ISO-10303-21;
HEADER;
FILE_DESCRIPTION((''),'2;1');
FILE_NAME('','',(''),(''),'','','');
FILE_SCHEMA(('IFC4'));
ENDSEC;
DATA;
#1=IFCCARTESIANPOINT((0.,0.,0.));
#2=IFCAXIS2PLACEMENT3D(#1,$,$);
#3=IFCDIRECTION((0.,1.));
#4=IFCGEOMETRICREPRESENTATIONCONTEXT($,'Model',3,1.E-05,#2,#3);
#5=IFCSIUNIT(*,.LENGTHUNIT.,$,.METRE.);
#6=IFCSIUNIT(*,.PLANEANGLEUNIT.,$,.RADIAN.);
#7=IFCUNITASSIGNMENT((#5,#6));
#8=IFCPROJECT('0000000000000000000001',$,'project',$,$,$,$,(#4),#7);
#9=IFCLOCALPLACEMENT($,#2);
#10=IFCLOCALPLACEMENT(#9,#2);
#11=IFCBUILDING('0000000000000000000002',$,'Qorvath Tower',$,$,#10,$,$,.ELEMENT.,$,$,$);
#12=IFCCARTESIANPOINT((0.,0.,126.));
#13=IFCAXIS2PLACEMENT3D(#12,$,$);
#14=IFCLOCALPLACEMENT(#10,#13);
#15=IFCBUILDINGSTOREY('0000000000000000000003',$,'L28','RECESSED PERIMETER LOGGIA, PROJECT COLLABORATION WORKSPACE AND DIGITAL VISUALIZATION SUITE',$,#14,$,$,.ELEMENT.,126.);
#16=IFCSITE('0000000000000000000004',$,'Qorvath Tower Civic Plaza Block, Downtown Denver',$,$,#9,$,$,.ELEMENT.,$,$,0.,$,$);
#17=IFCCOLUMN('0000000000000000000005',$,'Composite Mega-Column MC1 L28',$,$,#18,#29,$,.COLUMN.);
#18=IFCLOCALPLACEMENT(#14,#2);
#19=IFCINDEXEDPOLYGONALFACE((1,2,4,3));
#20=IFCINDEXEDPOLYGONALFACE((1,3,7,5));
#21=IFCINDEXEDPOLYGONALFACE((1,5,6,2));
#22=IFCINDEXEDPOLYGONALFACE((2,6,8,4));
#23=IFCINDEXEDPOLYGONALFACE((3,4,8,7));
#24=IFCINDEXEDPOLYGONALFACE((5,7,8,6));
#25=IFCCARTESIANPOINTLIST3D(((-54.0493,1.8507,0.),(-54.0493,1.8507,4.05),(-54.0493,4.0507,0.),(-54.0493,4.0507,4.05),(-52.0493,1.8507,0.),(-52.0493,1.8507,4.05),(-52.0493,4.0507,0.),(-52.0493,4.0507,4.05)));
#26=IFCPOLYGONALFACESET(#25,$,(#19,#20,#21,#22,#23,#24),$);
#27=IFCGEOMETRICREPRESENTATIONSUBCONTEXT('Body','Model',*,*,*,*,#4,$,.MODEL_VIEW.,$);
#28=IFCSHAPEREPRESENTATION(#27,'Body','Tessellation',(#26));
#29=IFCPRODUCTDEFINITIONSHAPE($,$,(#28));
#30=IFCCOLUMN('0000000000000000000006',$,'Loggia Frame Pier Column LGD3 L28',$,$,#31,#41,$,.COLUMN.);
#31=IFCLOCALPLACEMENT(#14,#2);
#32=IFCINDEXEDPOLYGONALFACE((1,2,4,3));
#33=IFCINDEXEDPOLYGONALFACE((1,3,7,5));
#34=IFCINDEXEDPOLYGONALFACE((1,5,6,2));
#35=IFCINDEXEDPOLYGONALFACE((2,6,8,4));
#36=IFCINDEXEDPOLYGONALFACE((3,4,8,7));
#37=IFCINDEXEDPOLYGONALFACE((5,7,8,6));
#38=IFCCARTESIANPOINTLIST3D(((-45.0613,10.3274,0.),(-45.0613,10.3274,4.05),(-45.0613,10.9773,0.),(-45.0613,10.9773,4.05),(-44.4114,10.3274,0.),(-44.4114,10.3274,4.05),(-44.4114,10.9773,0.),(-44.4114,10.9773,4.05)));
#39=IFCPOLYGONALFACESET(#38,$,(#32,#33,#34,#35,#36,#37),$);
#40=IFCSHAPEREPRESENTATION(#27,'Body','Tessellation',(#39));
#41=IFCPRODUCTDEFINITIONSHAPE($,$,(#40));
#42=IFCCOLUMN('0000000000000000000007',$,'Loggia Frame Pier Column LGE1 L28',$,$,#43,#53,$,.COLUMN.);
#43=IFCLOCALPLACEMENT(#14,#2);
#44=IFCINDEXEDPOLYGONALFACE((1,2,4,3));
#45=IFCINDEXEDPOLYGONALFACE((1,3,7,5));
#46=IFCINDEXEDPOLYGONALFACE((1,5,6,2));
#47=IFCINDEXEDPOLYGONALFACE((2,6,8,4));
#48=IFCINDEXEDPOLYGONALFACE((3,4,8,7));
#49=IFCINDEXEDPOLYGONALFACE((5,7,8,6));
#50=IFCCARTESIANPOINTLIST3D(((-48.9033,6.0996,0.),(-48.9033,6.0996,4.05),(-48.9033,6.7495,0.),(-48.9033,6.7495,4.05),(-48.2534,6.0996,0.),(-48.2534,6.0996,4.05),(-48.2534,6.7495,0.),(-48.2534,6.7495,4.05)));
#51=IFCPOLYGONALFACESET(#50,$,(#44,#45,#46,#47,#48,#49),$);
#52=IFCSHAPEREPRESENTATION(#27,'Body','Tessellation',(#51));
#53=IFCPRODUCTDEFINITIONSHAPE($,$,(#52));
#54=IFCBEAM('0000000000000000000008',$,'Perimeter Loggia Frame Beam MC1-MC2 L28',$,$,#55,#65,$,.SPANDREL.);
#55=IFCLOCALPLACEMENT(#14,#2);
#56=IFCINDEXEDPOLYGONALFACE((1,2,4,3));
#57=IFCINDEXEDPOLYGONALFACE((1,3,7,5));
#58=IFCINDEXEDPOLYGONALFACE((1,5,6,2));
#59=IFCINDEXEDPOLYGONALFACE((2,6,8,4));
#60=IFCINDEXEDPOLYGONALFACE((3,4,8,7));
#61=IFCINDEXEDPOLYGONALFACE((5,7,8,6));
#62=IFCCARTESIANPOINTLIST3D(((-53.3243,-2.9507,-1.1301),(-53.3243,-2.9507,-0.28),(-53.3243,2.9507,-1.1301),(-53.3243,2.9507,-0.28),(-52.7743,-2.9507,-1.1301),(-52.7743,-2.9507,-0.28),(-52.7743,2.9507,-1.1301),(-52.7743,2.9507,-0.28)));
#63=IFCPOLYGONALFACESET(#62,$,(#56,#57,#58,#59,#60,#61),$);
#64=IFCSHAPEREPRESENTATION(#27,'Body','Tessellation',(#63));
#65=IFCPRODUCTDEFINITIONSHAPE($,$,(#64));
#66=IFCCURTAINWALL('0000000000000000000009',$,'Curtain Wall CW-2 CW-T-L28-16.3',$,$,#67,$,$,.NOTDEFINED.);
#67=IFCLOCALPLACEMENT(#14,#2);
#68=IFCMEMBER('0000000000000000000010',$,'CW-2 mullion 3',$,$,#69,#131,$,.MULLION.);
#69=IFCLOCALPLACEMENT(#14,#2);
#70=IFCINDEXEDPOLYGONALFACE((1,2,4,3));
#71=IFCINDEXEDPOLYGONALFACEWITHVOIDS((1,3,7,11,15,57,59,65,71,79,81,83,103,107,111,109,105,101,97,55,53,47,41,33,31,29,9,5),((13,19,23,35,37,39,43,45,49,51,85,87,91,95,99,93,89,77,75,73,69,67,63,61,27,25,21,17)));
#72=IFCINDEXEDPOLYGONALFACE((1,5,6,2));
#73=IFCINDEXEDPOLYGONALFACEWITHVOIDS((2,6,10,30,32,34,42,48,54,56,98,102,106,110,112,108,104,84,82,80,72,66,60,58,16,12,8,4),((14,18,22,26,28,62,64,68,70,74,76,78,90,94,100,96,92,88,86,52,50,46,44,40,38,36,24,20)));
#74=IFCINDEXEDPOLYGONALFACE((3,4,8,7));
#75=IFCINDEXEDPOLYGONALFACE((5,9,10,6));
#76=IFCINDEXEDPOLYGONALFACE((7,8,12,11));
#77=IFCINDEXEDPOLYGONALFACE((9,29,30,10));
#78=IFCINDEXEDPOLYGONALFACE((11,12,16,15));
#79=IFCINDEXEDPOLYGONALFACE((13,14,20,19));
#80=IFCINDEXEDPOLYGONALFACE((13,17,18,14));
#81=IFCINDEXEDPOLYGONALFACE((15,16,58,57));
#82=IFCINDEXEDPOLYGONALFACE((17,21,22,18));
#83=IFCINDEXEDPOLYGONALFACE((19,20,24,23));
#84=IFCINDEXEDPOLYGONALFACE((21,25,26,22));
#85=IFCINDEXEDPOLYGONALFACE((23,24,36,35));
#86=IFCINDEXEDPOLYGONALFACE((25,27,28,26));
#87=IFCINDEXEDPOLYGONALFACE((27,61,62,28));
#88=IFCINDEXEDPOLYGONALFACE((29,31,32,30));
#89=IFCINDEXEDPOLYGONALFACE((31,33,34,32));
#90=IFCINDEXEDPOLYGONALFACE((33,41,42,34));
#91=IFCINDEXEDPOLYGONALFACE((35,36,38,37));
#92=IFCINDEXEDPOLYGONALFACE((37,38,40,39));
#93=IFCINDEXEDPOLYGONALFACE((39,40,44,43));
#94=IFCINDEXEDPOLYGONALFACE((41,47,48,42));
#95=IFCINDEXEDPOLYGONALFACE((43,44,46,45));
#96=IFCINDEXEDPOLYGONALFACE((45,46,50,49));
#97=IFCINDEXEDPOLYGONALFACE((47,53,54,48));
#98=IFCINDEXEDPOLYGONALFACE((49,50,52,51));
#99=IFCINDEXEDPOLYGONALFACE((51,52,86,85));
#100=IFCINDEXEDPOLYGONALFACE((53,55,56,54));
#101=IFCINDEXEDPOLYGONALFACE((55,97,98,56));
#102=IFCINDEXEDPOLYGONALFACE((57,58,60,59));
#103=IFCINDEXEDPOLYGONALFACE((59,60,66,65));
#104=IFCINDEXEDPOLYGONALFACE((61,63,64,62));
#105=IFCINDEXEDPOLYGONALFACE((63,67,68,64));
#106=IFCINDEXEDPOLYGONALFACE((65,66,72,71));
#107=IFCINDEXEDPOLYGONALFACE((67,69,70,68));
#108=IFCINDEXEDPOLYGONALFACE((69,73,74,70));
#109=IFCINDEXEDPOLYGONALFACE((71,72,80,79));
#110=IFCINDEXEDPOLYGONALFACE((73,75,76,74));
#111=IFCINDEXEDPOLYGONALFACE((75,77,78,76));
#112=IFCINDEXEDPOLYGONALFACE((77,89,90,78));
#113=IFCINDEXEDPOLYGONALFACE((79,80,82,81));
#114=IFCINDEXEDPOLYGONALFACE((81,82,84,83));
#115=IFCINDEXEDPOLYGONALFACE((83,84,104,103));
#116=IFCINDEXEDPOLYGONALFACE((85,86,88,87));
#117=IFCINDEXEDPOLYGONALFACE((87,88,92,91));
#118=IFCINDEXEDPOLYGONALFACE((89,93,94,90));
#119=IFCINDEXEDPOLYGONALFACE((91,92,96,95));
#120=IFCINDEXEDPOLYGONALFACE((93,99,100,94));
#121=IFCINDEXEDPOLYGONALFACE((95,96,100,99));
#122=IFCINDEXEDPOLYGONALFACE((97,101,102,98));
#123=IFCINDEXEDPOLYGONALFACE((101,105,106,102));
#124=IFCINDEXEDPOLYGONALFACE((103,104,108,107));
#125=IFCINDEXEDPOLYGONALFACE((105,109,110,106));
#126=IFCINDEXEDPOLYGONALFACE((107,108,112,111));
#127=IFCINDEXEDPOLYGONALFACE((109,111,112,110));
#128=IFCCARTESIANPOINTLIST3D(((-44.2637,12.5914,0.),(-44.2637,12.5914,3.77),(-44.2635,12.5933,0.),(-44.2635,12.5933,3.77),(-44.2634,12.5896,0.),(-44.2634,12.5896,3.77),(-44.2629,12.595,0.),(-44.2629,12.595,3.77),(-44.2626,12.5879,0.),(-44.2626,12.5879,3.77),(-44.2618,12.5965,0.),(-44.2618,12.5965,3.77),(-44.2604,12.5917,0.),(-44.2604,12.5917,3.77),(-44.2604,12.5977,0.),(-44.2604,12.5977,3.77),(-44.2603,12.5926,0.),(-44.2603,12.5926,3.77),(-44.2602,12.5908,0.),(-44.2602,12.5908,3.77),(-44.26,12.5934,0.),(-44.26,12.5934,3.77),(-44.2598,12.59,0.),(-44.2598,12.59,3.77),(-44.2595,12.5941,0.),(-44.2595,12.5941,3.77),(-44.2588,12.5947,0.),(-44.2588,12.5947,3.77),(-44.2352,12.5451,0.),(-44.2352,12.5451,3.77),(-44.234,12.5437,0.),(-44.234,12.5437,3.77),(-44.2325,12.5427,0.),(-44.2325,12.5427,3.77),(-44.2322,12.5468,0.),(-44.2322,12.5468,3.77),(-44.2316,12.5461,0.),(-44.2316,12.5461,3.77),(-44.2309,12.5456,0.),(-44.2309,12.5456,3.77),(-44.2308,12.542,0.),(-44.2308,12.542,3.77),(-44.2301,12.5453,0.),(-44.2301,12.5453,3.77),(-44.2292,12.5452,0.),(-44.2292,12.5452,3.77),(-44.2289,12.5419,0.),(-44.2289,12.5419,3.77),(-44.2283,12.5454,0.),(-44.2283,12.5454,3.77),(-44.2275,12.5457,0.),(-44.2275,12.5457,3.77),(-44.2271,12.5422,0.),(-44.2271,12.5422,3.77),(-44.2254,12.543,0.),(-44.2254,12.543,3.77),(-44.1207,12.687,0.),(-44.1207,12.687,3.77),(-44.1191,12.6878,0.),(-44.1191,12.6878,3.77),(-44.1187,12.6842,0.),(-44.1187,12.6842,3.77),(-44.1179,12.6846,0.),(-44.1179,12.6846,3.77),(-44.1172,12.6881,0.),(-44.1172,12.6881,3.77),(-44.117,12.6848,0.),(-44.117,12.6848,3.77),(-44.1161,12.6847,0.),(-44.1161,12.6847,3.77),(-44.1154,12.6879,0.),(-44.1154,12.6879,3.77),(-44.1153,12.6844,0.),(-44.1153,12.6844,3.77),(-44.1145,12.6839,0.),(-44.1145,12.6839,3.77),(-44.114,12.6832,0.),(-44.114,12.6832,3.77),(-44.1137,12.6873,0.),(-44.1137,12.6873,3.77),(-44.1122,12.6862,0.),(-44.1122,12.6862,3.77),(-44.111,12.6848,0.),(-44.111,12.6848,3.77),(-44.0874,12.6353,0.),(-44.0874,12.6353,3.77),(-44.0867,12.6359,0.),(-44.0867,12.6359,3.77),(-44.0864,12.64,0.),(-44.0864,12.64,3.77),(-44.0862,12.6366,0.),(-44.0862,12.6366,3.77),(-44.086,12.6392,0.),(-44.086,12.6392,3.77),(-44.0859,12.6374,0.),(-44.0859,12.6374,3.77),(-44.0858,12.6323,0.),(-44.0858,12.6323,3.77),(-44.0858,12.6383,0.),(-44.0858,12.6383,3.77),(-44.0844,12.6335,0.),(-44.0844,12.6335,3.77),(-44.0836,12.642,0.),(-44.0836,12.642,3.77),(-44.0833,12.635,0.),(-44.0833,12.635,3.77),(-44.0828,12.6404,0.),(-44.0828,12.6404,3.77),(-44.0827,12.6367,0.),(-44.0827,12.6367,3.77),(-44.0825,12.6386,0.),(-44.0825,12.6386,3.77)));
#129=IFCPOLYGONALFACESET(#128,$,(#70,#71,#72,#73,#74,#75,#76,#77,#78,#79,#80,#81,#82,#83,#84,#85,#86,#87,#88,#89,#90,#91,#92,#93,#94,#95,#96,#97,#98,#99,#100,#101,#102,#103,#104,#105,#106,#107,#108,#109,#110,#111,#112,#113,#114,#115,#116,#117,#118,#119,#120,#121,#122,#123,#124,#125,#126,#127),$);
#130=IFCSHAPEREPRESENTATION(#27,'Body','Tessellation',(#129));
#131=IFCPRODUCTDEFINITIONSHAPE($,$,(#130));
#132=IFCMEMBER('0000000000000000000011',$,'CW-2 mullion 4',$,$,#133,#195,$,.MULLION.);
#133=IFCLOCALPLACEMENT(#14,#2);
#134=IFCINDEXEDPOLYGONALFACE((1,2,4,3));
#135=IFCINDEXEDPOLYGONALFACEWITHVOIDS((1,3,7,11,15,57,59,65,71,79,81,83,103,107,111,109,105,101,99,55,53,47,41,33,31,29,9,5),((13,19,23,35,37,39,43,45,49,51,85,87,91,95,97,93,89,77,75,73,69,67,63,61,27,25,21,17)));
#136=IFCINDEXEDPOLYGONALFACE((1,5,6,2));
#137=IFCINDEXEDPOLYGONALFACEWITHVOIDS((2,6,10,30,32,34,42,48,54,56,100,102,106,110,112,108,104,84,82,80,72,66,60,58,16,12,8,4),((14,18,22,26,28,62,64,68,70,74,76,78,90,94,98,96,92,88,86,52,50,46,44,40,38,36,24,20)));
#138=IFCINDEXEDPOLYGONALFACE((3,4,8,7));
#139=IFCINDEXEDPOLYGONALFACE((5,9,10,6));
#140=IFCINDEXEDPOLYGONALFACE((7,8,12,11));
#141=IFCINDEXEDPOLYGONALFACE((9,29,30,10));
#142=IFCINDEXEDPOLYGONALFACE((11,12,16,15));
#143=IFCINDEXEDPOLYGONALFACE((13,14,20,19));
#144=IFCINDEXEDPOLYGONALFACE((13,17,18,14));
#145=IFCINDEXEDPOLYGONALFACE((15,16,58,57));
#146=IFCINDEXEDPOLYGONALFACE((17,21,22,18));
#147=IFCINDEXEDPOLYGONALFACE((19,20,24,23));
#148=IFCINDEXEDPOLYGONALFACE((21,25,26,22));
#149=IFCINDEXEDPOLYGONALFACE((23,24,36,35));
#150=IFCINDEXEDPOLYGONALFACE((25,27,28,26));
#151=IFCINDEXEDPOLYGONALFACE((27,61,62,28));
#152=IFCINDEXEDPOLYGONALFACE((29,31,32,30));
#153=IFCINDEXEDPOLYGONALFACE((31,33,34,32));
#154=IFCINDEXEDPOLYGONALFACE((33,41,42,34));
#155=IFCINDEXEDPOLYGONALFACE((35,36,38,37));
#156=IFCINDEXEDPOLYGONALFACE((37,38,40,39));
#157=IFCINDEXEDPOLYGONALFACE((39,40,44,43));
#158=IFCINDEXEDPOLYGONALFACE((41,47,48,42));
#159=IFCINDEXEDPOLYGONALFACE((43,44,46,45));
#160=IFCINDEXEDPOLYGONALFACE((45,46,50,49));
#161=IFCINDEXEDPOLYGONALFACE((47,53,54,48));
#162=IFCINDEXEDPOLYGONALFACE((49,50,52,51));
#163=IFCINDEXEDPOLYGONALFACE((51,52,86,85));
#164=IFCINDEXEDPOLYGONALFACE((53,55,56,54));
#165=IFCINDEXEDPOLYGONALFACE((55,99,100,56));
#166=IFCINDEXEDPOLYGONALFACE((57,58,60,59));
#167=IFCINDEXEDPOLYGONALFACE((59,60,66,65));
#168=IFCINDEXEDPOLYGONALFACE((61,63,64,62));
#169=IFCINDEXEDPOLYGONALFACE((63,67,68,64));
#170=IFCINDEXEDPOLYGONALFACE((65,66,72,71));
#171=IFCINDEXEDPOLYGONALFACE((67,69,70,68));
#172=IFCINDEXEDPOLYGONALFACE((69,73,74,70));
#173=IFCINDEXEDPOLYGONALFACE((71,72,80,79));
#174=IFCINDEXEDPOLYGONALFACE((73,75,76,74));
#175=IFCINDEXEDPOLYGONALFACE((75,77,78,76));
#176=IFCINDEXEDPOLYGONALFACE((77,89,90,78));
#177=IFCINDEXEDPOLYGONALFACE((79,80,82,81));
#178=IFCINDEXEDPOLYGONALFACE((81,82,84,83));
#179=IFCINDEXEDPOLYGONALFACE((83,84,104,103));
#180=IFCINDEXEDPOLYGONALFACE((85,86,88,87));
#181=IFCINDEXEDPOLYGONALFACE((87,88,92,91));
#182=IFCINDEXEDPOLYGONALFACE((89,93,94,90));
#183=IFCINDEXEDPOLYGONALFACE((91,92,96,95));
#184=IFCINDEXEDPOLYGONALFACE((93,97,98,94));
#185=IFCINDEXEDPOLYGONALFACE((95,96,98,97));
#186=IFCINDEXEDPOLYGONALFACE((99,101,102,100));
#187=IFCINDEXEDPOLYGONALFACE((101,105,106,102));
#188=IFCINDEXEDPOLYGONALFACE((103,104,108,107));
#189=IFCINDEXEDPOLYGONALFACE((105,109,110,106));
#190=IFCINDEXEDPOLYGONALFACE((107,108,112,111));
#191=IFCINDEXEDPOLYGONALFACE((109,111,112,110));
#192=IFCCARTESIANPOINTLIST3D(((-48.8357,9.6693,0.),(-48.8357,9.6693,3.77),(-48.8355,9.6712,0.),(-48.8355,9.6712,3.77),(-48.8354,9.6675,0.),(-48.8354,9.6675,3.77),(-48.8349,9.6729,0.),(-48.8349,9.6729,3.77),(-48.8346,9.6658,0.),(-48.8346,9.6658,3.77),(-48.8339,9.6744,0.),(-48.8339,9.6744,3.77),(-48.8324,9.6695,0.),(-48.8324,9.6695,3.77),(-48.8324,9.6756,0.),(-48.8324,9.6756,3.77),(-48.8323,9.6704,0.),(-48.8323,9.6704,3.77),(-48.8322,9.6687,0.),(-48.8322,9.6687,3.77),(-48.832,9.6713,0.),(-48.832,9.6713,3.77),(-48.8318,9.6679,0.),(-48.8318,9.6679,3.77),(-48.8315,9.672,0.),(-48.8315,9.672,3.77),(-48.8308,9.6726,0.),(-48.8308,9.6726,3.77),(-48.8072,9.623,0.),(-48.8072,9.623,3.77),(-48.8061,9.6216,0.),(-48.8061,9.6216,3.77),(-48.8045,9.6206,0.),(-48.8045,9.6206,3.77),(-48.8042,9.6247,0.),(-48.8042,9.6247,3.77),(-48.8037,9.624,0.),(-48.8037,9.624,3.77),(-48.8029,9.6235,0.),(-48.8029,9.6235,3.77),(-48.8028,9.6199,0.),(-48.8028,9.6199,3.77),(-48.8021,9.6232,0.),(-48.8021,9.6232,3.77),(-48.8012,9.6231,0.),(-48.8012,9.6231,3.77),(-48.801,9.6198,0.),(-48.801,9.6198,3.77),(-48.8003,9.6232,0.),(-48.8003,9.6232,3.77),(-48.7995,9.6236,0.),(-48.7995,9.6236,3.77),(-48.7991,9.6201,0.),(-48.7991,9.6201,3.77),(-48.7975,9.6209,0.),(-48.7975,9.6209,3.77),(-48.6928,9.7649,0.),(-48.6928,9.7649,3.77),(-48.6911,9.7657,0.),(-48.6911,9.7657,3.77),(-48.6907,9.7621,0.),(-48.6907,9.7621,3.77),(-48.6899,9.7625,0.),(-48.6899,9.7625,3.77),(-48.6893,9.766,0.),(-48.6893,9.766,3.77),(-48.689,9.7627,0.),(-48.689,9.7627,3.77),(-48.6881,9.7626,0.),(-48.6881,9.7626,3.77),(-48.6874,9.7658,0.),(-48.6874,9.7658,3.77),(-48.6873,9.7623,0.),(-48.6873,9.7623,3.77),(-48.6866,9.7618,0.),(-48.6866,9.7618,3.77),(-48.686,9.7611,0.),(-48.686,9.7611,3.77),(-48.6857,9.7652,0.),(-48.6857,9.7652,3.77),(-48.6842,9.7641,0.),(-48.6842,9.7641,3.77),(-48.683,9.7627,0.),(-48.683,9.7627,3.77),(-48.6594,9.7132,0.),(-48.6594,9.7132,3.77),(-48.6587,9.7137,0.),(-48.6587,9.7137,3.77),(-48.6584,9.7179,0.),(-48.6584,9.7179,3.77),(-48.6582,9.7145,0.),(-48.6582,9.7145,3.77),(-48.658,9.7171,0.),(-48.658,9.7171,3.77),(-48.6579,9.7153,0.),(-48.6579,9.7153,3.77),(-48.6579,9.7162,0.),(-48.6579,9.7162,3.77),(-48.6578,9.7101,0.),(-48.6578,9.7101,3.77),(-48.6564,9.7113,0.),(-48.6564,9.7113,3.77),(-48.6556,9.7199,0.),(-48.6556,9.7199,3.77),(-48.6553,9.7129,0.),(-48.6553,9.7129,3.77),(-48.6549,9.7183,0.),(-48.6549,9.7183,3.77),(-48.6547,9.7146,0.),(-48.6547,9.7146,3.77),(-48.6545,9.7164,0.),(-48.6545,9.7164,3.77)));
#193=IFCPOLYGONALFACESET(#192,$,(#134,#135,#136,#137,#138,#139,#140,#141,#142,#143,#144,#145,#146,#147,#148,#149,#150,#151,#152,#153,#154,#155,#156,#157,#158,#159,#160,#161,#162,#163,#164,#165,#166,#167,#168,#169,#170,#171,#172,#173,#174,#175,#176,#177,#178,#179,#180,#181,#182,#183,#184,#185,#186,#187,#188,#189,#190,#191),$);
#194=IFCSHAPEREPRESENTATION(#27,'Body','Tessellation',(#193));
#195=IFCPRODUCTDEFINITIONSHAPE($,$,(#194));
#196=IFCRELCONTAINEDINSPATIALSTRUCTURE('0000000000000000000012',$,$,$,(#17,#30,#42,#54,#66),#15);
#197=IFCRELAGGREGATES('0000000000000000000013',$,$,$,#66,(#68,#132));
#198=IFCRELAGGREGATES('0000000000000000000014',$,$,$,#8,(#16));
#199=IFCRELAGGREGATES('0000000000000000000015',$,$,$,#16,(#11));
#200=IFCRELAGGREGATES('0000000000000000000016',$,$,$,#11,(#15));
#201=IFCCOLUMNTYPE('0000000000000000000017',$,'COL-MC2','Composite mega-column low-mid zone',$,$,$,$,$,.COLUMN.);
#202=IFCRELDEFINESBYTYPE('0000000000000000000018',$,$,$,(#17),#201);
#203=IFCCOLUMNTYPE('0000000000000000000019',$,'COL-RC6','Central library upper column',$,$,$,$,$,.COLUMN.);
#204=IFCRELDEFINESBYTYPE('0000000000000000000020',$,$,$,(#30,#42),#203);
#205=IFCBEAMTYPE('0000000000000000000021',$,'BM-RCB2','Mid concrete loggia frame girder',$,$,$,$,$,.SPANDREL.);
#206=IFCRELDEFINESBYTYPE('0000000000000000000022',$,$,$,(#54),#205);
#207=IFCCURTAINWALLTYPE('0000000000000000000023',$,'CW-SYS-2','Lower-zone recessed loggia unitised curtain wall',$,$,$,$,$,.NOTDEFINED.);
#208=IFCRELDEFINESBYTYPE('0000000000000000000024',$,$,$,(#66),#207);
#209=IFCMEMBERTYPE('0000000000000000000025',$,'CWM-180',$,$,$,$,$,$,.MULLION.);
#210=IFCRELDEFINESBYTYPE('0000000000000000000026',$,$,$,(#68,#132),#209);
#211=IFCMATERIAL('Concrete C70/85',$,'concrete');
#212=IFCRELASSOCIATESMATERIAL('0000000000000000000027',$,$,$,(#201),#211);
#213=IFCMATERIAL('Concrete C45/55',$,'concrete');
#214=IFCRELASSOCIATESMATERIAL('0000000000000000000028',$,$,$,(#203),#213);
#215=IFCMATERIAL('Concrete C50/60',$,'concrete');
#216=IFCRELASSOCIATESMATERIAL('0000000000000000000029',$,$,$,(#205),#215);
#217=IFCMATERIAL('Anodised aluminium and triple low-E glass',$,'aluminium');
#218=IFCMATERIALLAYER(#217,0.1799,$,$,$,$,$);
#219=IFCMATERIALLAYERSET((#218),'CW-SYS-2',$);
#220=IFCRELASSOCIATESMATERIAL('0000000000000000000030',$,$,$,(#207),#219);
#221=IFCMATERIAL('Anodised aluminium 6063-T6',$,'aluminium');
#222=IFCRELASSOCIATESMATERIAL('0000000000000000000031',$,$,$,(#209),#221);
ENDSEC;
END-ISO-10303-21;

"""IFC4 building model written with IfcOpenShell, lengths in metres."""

from ifc_helpers import new_model, si_unit, direction, frame, origin, origin_2d, place, context, subcontext, project, spatial, rectangle, hollow_rectangle, extrude, material, layer, layer_set, material_profile, profile_set, type_object, element, aggregate, save


model = new_model("IFC4")

# Units and contexts
model_context = context("Model", 3, precision=1e-05, world=origin(), true_north=direction((0.0, 1.0)))
body_context = subcontext(model_context, "Body", "Model", "MODEL_VIEW")
ifc_project = project(units=[si_unit("LENGTHUNIT", "METRE"), si_unit("PLANEANGLEUNIT", "RADIAN")], contexts=[model_context])

# Site, building, storey
site_placement = place(None, origin())
site = spatial("IfcSite", under=ifc_project, at=site_placement, Name="Qorvath Tower Civic Plaza Block, Downtown Denver", CompositionType="ELEMENT", RefElevation=0.0)
building_placement = place(site_placement, origin())
building = spatial("IfcBuilding", under=site, at=building_placement, Name="Qorvath Tower", CompositionType="ELEMENT")
storey_placement = place(building_placement, frame((0.0, 0.0, 126.0)))
storey = spatial("IfcBuildingStorey", under=building, at=storey_placement, Name="L28", Description="RECESSED PERIMETER LOGGIA, PROJECT COLLABORATION WORKSPACE AND DIGITAL VISUALIZATION SUITE", CompositionType="ELEMENT", Elevation=126.0)

# Columns
ifc_material_1 = material(Name="Concrete C70/85", Category="concrete")
ifc_material_profile_1 = material_profile(ifc_material_1, rectangle(XDim=2.0, YDim=2.2, at=origin_2d()), Name="MC 2200x2000")
ifc_profile_set_1 = profile_set([ifc_material_profile_1], Name="Concrete C70/85")
column_type_1 = type_object("IfcColumnType", Name="COL-MC2", Description="Composite mega-column low-mid zone", PredefinedType="COLUMN", material=ifc_profile_set_1)
column_placement = place(storey_placement, frame((-53.0493, 2.9507, 0.0), z_axis=(0.0, 0.0, 1.0), x_axis=(1.0, 0.0, 0.0)))
element("IfcColumn", 1, at=column_placement, inside=storey, type_object=column_type_1, Name="Composite Mega-Column MC1 L28", PredefinedType="COLUMN", context=body_context, shape_type="SweptSolid", body=[
    extrude(rectangle(XDim=2.0, YDim=2.2, at=origin_2d()), origin(), (0.0, 0.0, 1.0), 4.05),
])
ifc_material_2 = material(Name="Concrete C45/55", Category="concrete")
ifc_material_profile_2 = material_profile(ifc_material_2, rectangle(XDim=0.6499, YDim=0.6499, at=origin_2d()), Name="RC 650x650")
ifc_profile_set_2 = profile_set([ifc_material_profile_2], Name="Concrete C45/55")
column_type_2 = type_object("IfcColumnType", Name="COL-RC6", Description="Central library upper column", PredefinedType="COLUMN", material=ifc_profile_set_2)
for number, where, z_axis, x_axis, name in (
    (2, (-44.7363, 10.6523, 0.0), (0.0, 0.0, 1.0), (1.0, 0.0, 0.0), "Loggia Frame Pier Column LGD3 L28"),
    (3, (-48.5784, 6.4246, 0.0), (0.0, 0.0, 1.0), (1.0, 0.0, 0.0), "Loggia Frame Pier Column LGE1 L28"),
):
    element("IfcColumn", number, at=place(storey_placement, frame(where, z_axis=z_axis, x_axis=x_axis)), inside=storey, type_object=column_type_2, Name=name, PredefinedType="COLUMN", context=body_context, shape_type="SweptSolid", body=[
        extrude(rectangle(XDim=0.6499, YDim=0.6499, at=origin_2d()), origin(), (0.0, 0.0, 1.0), 4.05),
    ])

# Beam
ifc_material_3 = material(Name="Concrete C50/60", Category="concrete")
ifc_material_profile_3 = material_profile(ifc_material_3, rectangle(XDim=0.55, YDim=0.8501, at=origin_2d()), Name="RCB 850x550")
ifc_profile_set_3 = profile_set([ifc_material_profile_3], Name="Concrete C50/60")
beam_type = type_object("IfcBeamType", Name="BM-RCB2", Description="Mid concrete loggia frame girder", PredefinedType="SPANDREL", material=ifc_profile_set_3)
beam_placement = place(storey_placement, frame((-53.0493, 2.9507, -0.7051), z_axis=(0.0, -1.0, 0.0), x_axis=(1.0, 0.0, 0.0)))
element("IfcBeam", 4, at=beam_placement, inside=storey, type_object=beam_type, Name="Perimeter Loggia Frame Beam MC1-MC2 L28", PredefinedType="SPANDREL", context=body_context, shape_type="SweptSolid", body=[
    extrude(rectangle(XDim=0.55, YDim=0.8501, at=origin_2d()), origin(), (0.0, 0.0, 1.0), 5.9014),
])

# Curtain wall, members
ifc_material_4 = material(Name="Anodised aluminium and triple low-E glass", Category="aluminium")
ifc_layer_1 = layer(ifc_material_4, 0.1799)
ifc_layer_set_1 = layer_set([ifc_layer_1], Name="CW-SYS-2")
curtain_wall_type = type_object("IfcCurtainWallType", Name="CW-SYS-2", Description="Lower-zone recessed loggia unitised curtain wall", PredefinedType="NOTDEFINED", material=ifc_layer_set_1)
curtain_wall_placement = place(storey_placement, origin())
curtain_wall = element("IfcCurtainWall", 5, at=curtain_wall_placement, inside=storey, type_object=curtain_wall_type, Name="Curtain Wall CW-2 CW-T-L28-16.3", PredefinedType="NOTDEFINED")
ifc_material_5 = material(Name="Anodised aluminium 6063-T6", Category="aluminium")
ifc_material_profile_4 = material_profile(ifc_material_5, hollow_rectangle(XDim=0.0649, YDim=0.1799, WallThickness=0.0034, InnerFilletRadius=0.0034, OuterFilletRadius=0.0071, at=origin_2d()), Name="CWM 180x65")
ifc_profile_set_4 = profile_set([ifc_material_profile_4], Name="Anodised aluminium 6063-T6")
member_type_1 = type_object("IfcMemberType", Name="CWM-180", PredefinedType="MULLION", material=ifc_profile_set_4)
member_1_placement = place(storey_placement, frame((-44.1731, 12.615, 0.0), z_axis=(0.0, 0.0, 1.0), x_axis=(0.538534, -0.842604, 0.0)))
member_1 = element("IfcMember", 6, at=member_1_placement, type_object=member_type_1, Name="CW-2 mullion 3", PredefinedType="MULLION", context=body_context, shape_type="SweptSolid", body=[
    extrude(hollow_rectangle(XDim=0.0649, YDim=0.1799, WallThickness=0.0034, InnerFilletRadius=0.0034, OuterFilletRadius=0.0071, at=origin_2d()), origin(), (0.0, 0.0, 1.0), 3.77),
])
member_2_placement = place(storey_placement, frame((-48.7451, 9.6929, 0.0), z_axis=(0.0, 0.0, 1.0), x_axis=(0.538534, -0.842604, 0.0)))
member_2 = element("IfcMember", 7, at=member_2_placement, type_object=member_type_1, Name="CW-2 mullion 4", PredefinedType="MULLION", context=body_context, shape_type="SweptSolid", body=[
    extrude(hollow_rectangle(XDim=0.0649, YDim=0.1799, WallThickness=0.0034, InnerFilletRadius=0.0034, OuterFilletRadius=0.0071, at=origin_2d()), origin(), (0.0, 0.0, 1.0), 3.77),
])

aggregate(curtain_wall, [member_1, member_2])

save(model, "model.ifc")
